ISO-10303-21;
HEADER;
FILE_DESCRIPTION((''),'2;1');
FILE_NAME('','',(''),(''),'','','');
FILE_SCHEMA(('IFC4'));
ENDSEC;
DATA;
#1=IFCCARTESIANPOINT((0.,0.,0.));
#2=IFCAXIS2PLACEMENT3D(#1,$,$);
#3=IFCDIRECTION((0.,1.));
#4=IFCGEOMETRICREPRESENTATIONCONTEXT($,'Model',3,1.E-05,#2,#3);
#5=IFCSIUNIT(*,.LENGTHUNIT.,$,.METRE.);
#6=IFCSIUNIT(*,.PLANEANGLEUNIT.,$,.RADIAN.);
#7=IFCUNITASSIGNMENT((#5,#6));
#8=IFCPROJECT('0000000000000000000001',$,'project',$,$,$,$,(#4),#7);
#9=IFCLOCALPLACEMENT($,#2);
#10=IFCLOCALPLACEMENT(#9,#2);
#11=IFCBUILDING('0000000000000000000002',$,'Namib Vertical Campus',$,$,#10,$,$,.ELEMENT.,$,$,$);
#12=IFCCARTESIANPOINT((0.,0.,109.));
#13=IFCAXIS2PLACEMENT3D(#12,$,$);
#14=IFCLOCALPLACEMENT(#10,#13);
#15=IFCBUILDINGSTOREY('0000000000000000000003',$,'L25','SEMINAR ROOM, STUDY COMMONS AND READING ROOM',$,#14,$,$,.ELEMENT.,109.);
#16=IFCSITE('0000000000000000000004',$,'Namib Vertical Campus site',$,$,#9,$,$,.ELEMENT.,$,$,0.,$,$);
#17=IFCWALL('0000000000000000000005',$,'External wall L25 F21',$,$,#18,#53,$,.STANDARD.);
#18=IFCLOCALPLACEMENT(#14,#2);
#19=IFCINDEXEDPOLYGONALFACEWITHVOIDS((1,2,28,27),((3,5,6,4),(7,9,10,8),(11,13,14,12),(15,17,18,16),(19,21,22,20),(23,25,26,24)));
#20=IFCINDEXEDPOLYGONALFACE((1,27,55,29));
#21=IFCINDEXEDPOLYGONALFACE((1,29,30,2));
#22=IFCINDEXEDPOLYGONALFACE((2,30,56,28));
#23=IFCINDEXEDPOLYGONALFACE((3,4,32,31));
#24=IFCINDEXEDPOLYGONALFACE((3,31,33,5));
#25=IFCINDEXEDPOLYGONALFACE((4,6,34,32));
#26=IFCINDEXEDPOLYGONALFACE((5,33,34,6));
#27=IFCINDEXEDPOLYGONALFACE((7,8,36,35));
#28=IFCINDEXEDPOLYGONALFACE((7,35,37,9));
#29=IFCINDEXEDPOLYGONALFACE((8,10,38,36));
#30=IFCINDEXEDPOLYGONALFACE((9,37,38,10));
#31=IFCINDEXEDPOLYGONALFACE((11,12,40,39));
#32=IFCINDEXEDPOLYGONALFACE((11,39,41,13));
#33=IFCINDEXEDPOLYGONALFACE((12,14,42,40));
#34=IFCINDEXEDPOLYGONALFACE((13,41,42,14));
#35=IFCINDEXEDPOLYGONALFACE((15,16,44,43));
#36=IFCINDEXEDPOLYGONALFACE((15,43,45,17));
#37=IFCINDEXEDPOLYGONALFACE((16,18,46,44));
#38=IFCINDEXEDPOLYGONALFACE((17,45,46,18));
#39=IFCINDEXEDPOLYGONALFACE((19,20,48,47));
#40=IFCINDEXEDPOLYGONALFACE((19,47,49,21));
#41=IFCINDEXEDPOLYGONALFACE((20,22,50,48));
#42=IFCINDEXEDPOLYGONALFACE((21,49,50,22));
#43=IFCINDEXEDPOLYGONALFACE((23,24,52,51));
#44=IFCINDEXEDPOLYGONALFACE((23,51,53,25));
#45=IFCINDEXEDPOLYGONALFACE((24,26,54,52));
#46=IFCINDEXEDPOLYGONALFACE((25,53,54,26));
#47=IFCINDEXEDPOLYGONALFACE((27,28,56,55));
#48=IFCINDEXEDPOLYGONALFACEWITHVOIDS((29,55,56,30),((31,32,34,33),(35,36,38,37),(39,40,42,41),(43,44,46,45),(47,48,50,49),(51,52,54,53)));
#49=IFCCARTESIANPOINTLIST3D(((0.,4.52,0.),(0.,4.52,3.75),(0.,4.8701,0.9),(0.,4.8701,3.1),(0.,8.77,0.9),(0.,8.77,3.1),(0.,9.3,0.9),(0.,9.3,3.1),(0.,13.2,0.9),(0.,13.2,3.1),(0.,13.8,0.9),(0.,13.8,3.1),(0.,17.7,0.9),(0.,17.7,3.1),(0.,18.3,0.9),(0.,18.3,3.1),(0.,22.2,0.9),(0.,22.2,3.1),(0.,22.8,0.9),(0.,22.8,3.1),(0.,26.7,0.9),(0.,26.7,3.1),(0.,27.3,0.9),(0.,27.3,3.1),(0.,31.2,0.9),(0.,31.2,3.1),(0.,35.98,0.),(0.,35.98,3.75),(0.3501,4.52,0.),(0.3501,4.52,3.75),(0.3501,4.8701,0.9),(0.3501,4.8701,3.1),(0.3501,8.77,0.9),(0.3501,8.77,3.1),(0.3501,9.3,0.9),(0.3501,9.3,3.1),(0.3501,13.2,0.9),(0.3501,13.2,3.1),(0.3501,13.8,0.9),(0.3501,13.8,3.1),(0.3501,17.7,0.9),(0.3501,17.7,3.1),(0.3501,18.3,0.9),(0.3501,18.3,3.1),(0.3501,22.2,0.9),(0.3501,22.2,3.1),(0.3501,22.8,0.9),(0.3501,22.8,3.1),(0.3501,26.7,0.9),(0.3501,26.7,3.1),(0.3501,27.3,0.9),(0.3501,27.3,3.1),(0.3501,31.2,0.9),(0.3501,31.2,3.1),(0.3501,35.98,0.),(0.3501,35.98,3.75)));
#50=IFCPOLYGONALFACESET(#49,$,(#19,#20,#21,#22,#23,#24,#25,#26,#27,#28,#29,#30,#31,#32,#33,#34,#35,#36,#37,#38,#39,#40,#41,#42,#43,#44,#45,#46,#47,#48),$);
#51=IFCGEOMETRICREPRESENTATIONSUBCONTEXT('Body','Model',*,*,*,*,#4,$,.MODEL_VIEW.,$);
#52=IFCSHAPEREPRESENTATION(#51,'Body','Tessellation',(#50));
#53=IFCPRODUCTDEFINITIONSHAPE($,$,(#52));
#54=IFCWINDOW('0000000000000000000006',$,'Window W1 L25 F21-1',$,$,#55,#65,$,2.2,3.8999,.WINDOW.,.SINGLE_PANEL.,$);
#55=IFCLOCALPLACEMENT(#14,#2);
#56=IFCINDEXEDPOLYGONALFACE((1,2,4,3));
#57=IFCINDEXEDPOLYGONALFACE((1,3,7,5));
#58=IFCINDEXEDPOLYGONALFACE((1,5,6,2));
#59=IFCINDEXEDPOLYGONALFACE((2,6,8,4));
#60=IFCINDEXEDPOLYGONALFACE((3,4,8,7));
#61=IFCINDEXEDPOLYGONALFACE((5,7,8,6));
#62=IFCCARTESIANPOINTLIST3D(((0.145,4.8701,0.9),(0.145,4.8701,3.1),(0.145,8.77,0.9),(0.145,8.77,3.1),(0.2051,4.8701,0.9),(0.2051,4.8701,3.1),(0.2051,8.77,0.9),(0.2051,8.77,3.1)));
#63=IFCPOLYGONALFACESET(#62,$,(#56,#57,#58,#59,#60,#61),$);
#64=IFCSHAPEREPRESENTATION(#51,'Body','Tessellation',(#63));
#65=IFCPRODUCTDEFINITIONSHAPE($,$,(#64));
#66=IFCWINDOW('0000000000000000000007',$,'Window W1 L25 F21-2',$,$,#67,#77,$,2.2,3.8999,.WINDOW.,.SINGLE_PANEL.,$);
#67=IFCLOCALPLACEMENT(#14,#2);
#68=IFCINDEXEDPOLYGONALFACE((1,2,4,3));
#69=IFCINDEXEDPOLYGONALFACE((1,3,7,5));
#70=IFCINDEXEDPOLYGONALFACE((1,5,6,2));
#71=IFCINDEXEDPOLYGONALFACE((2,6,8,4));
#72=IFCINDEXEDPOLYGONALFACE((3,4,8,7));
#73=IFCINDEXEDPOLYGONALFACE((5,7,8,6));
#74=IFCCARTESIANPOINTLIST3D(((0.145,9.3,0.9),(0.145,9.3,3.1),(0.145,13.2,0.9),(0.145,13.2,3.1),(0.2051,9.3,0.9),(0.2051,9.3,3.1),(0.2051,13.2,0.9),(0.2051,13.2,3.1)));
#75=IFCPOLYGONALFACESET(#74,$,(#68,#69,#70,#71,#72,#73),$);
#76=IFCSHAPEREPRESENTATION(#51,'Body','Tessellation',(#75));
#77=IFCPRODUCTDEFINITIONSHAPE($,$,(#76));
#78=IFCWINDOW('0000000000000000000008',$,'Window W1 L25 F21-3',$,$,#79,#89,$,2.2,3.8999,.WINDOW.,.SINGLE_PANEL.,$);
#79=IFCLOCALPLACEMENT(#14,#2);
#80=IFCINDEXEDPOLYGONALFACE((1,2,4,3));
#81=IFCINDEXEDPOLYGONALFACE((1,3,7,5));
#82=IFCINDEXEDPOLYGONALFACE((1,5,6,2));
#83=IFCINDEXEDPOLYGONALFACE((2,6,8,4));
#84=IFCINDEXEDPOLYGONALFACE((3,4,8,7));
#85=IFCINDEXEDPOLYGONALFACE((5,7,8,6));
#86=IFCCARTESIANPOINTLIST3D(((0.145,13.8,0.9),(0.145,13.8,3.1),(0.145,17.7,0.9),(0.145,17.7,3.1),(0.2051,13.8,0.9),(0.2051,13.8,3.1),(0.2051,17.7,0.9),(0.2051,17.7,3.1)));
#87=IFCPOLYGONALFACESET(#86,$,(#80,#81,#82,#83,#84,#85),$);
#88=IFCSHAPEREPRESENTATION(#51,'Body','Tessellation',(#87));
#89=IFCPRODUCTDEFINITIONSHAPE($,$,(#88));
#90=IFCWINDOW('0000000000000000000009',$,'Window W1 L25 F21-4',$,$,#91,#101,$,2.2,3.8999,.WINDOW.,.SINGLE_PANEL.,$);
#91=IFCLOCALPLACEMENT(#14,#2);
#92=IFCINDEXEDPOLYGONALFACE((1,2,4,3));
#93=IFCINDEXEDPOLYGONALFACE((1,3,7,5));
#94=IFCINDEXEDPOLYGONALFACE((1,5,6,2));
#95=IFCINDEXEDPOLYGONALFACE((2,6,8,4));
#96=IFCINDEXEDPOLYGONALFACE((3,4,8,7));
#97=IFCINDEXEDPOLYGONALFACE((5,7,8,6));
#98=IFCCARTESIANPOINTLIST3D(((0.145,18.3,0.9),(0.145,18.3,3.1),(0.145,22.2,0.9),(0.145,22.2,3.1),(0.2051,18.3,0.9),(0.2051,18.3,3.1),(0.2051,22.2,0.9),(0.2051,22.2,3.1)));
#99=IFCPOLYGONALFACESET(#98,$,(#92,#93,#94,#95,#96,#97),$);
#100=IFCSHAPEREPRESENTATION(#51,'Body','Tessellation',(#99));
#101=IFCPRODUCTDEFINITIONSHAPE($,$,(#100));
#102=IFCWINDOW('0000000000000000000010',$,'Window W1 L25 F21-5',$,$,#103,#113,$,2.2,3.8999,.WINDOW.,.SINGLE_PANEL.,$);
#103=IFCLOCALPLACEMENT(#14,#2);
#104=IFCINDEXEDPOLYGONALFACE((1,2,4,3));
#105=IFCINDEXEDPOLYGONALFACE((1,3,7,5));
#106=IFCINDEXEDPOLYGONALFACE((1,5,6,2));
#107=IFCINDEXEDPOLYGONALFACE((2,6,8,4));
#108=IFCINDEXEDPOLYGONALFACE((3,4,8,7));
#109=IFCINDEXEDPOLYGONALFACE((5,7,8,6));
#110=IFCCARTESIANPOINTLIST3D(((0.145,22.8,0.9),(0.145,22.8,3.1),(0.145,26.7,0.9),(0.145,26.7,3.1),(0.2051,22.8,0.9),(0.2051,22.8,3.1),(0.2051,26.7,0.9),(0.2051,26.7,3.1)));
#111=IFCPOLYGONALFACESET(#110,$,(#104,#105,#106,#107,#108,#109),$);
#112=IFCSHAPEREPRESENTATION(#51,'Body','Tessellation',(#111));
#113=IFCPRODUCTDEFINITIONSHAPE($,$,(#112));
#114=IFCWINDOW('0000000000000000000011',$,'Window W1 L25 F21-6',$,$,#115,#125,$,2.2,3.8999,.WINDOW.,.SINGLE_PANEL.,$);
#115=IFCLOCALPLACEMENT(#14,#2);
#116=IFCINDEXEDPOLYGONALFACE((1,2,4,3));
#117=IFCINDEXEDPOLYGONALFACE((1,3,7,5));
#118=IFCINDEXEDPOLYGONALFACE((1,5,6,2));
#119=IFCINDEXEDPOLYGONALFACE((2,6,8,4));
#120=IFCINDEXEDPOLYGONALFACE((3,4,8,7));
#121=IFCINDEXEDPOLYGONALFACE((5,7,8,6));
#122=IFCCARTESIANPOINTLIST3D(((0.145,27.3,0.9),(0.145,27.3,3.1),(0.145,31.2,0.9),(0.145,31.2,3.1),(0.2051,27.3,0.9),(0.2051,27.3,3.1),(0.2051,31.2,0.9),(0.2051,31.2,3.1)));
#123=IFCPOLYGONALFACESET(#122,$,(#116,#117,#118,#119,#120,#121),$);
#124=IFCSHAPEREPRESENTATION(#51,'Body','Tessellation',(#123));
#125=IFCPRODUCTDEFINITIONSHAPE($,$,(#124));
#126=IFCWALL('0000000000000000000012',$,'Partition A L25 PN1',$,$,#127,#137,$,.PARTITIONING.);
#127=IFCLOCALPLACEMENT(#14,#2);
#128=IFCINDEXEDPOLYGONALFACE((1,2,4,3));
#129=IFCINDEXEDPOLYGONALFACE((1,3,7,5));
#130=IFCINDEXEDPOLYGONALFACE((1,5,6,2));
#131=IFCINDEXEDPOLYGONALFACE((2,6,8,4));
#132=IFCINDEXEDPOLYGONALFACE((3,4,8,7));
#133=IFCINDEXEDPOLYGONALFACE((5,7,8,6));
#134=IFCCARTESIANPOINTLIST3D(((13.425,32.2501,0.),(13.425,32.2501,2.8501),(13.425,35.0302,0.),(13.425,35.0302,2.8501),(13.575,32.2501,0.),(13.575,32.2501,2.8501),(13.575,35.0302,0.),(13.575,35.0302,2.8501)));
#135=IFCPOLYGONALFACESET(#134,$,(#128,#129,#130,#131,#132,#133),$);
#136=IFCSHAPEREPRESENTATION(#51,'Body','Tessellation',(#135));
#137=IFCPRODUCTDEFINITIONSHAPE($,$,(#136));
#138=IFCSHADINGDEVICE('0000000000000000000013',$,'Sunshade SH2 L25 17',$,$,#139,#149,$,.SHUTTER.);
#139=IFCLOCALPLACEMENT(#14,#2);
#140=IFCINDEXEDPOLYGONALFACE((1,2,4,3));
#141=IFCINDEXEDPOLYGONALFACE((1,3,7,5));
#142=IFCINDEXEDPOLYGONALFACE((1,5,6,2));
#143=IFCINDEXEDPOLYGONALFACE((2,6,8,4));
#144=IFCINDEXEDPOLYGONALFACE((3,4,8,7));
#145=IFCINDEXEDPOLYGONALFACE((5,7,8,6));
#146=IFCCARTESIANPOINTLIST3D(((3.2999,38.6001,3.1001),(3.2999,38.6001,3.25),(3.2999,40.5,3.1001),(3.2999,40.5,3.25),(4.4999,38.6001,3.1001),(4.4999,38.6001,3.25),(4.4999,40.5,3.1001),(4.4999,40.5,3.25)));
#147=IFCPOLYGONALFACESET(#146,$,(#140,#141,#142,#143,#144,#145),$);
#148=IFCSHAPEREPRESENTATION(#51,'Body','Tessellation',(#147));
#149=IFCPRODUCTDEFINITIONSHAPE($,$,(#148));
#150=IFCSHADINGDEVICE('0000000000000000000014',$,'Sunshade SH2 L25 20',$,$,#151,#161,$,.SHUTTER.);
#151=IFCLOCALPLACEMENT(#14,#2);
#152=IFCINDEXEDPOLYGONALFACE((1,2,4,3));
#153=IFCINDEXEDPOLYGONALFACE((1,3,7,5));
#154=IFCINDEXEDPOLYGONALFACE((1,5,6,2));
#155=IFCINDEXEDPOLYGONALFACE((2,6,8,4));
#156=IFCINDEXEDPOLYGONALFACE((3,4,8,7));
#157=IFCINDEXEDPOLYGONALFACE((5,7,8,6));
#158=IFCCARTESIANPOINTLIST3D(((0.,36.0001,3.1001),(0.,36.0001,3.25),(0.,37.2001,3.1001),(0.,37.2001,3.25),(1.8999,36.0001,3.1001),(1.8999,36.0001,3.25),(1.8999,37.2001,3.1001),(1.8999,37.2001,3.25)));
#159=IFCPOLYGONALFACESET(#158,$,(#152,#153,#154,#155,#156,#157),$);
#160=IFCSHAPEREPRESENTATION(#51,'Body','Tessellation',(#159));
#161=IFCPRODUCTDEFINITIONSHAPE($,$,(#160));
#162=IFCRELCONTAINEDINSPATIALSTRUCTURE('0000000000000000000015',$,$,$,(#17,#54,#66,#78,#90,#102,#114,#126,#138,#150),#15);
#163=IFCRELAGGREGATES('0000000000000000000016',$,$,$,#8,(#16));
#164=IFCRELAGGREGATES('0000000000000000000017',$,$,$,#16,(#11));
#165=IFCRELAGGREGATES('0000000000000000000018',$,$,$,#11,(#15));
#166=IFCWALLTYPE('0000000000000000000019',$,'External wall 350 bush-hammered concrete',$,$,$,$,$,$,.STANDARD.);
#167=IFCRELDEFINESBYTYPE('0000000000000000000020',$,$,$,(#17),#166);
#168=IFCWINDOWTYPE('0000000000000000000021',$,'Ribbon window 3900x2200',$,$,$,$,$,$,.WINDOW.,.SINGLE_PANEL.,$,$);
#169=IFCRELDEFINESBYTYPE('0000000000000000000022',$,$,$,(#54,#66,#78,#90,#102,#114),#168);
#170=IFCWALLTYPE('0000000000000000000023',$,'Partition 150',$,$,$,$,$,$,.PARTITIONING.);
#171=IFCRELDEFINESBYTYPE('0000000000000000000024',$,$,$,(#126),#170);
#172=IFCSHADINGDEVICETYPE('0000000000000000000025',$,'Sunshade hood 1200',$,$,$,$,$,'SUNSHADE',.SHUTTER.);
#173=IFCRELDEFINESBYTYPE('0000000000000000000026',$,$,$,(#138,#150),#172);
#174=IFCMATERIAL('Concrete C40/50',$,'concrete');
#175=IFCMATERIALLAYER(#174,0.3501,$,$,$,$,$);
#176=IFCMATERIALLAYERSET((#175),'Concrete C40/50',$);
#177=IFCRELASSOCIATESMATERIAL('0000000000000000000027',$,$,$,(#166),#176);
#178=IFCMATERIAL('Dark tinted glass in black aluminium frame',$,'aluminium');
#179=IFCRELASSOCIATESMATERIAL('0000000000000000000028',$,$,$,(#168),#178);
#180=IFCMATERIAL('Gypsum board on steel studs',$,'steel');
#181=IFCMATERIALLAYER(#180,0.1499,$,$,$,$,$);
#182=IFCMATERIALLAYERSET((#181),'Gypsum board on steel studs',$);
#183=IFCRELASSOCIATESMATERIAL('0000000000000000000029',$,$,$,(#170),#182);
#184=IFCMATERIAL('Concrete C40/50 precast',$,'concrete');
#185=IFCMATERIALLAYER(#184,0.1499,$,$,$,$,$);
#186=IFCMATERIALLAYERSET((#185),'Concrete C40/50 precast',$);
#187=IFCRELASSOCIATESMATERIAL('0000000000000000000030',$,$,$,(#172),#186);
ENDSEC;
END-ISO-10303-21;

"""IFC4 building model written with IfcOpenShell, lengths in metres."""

from ifc_helpers import new_model, si_unit, direction, frame, frame_2d, origin, origin_2d, place, context, subcontext, project, spatial, rectangle, extrude, material, layer, layer_set, type_object, element, fill, save


model = new_model("IFC4")

# Units and contexts
model_context = context("Model", 3, precision=1e-05, world=origin(), true_north=direction((0.0, 1.0)))
body_context = subcontext(model_context, "Body", "Model", "MODEL_VIEW")
ifc_project = project(units=[si_unit("LENGTHUNIT", "METRE"), si_unit("PLANEANGLEUNIT", "RADIAN")], contexts=[model_context])

# Site, building, storey
site_placement = place(None, origin())
site = spatial("IfcSite", under=ifc_project, at=site_placement, Name="Namib Vertical Campus site", CompositionType="ELEMENT", RefElevation=0.0)
building_placement = place(site_placement, origin())
building = spatial("IfcBuilding", under=site, at=building_placement, Name="Namib Vertical Campus", CompositionType="ELEMENT")
storey_placement = place(building_placement, frame((0.0, 0.0, 109.0)))
storey = spatial("IfcBuildingStorey", under=building, at=storey_placement, Name="L25", Description="SEMINAR ROOM, STUDY COMMONS AND READING ROOM", CompositionType="ELEMENT", Elevation=109.0)

# Shared definitions
ifc_material_1 = material(Name="Concrete C40/50", Category="concrete")
ifc_layer_1 = layer(ifc_material_1, 0.3501)
ifc_layer_set_1 = layer_set([ifc_layer_1], Name="Concrete C40/50")
wall_type_1 = type_object("IfcWallType", Name="External wall 350 bush-hammered concrete", PredefinedType="STANDARD", material=ifc_layer_set_1)

# Wall, openings, windows
wall_1_placement = place(storey_placement, frame((0.175, 35.98, 0.0), z_axis=(0.0, 0.0, 1.0), x_axis=(0.0, -1.0, 0.0)))
wall_1 = element("IfcWall", 1, at=wall_1_placement, inside=storey, type_object=wall_type_1, Name="External wall L25 F21", PredefinedType="STANDARD", context=body_context, shape_type="SweptSolid", body=[
    extrude(rectangle(XDim=31.46, YDim=0.3501, at=frame_2d((15.73, 0.0))), origin(), (0.0, 0.0, 1.0), 3.75),
])
opening_1_placement = place(wall_1_placement, frame((27.21, 0.0, 0.8999)))
opening_1 = element("IfcOpeningElement", 2, at=opening_1_placement, cuts=wall_1, PredefinedType="OPENING", context=body_context, shape_type="SweptSolid", body=[
    extrude(rectangle(XDim=3.8999, YDim=2.2, at=frame_2d((1.95, 1.1001))), frame((0.0, 0.1851, 0.0), z_axis=(0.0, -1.0, 0.0), x_axis=(1.0, 0.0, 0.0)), (0.0, 0.0, 1.0), 0.3701),
])
opening_2_placement = place(wall_1_placement, frame((22.78, 0.0, 0.8999)))
opening_2 = element("IfcOpeningElement", 3, at=opening_2_placement, cuts=wall_1, PredefinedType="OPENING", context=body_context, shape_type="SweptSolid", body=[
    extrude(rectangle(XDim=3.8999, YDim=2.2, at=frame_2d((1.95, 1.1001))), frame((0.0, 0.1851, 0.0), z_axis=(0.0, -1.0, 0.0), x_axis=(1.0, 0.0, 0.0)), (0.0, 0.0, 1.0), 0.3701),
])
opening_3_placement = place(wall_1_placement, frame((18.28, 0.0, 0.8999)))
opening_3 = element("IfcOpeningElement", 4, at=opening_3_placement, cuts=wall_1, PredefinedType="OPENING", context=body_context, shape_type="SweptSolid", body=[
    extrude(rectangle(XDim=3.8999, YDim=2.2, at=frame_2d((1.95, 1.1001))), frame((0.0, 0.1851, 0.0), z_axis=(0.0, -1.0, 0.0), x_axis=(1.0, 0.0, 0.0)), (0.0, 0.0, 1.0), 0.3701),
])
opening_4_placement = place(wall_1_placement, frame((13.78, 0.0, 0.8999)))
opening_4 = element("IfcOpeningElement", 5, at=opening_4_placement, cuts=wall_1, PredefinedType="OPENING", context=body_context, shape_type="SweptSolid", body=[
    extrude(rectangle(XDim=3.8999, YDim=2.2, at=frame_2d((1.95, 1.1001))), frame((0.0, 0.1851, 0.0), z_axis=(0.0, -1.0, 0.0), x_axis=(1.0, 0.0, 0.0)), (0.0, 0.0, 1.0), 0.3701),
])
opening_5_placement = place(wall_1_placement, frame((9.28, 0.0, 0.8999)))
opening_5 = element("IfcOpeningElement", 6, at=opening_5_placement, cuts=wall_1, PredefinedType="OPENING", context=body_context, shape_type="SweptSolid", body=[
    extrude(rectangle(XDim=3.8999, YDim=2.2, at=frame_2d((1.95, 1.1001))), frame((0.0, 0.1851, 0.0), z_axis=(0.0, -1.0, 0.0), x_axis=(1.0, 0.0, 0.0)), (0.0, 0.0, 1.0), 0.3701),
])
opening_6_placement = place(wall_1_placement, frame((4.78, 0.0, 0.8999)))
opening_6 = element("IfcOpeningElement", 7, at=opening_6_placement, cuts=wall_1, PredefinedType="OPENING", context=body_context, shape_type="SweptSolid", body=[
    extrude(rectangle(XDim=3.8999, YDim=2.2, at=frame_2d((1.95, 1.1001))), frame((0.0, 0.1851, 0.0), z_axis=(0.0, -1.0, 0.0), x_axis=(1.0, 0.0, 0.0)), (0.0, 0.0, 1.0), 0.3701),
])
ifc_material_2 = material(Name="Dark tinted glass in black aluminium frame", Category="aluminium")
window_type = type_object("IfcWindowType", Name="Ribbon window 3900x2200", PartitioningType="SINGLE_PANEL", PredefinedType="WINDOW", material=ifc_material_2)
window_1_placement = place(opening_1_placement, origin())
window_1 = element("IfcWindow", 8, at=window_1_placement, inside=storey, type_object=window_type, Name="Window W1 L25 F21-1", OverallHeight=2.2, OverallWidth=3.8999, PartitioningType="SINGLE_PANEL", PredefinedType="WINDOW", context=body_context, shape_type="SweptSolid", body=[
    extrude(rectangle(XDim=3.8999, YDim=2.2, at=frame_2d((1.95, 1.1001))), frame((0.0, 0.03, 0.0), z_axis=(0.0, -1.0, 0.0), x_axis=(1.0, 0.0, 0.0)), (0.0, 0.0, 1.0), 0.0601),
])
fill(opening_1, window_1)
window_2_placement = place(opening_2_placement, origin())
window_2 = element("IfcWindow", 9, at=window_2_placement, inside=storey, type_object=window_type, Name="Window W1 L25 F21-2", OverallHeight=2.2, OverallWidth=3.8999, PartitioningType="SINGLE_PANEL", PredefinedType="WINDOW", context=body_context, shape_type="SweptSolid", body=[
    extrude(rectangle(XDim=3.8999, YDim=2.2, at=frame_2d((1.95, 1.1001))), frame((0.0, 0.03, 0.0), z_axis=(0.0, -1.0, 0.0), x_axis=(1.0, 0.0, 0.0)), (0.0, 0.0, 1.0), 0.0601),
])
fill(opening_2, window_2)
window_3_placement = place(opening_3_placement, origin())
window_3 = element("IfcWindow", 10, at=window_3_placement, inside=storey, type_object=window_type, Name="Window W1 L25 F21-3", OverallHeight=2.2, OverallWidth=3.8999, PartitioningType="SINGLE_PANEL", PredefinedType="WINDOW", context=body_context, shape_type="SweptSolid", body=[
    extrude(rectangle(XDim=3.8999, YDim=2.2, at=frame_2d((1.95, 1.1001))), frame((0.0, 0.03, 0.0), z_axis=(0.0, -1.0, 0.0), x_axis=(1.0, 0.0, 0.0)), (0.0, 0.0, 1.0), 0.0601),
])
fill(opening_3, window_3)
window_4_placement = place(opening_4_placement, origin())
window_4 = element("IfcWindow", 11, at=window_4_placement, inside=storey, type_object=window_type, Name="Window W1 L25 F21-4", OverallHeight=2.2, OverallWidth=3.8999, PartitioningType="SINGLE_PANEL", PredefinedType="WINDOW", context=body_context, shape_type="SweptSolid", body=[
    extrude(rectangle(XDim=3.8999, YDim=2.2, at=frame_2d((1.95, 1.1001))), frame((0.0, 0.03, 0.0), z_axis=(0.0, -1.0, 0.0), x_axis=(1.0, 0.0, 0.0)), (0.0, 0.0, 1.0), 0.0601),
])
fill(opening_4, window_4)
window_5_placement = place(opening_5_placement, origin())
window_5 = element("IfcWindow", 12, at=window_5_placement, inside=storey, type_object=window_type, Name="Window W1 L25 F21-5", OverallHeight=2.2, OverallWidth=3.8999, PartitioningType="SINGLE_PANEL", PredefinedType="WINDOW", context=body_context, shape_type="SweptSolid", body=[
    extrude(rectangle(XDim=3.8999, YDim=2.2, at=frame_2d((1.95, 1.1001))), frame((0.0, 0.03, 0.0), z_axis=(0.0, -1.0, 0.0), x_axis=(1.0, 0.0, 0.0)), (0.0, 0.0, 1.0), 0.0601),
])
fill(opening_5, window_5)
window_6_placement = place(opening_6_placement, origin())
window_6 = element("IfcWindow", 13, at=window_6_placement, inside=storey, type_object=window_type, Name="Window W1 L25 F21-6", OverallHeight=2.2, OverallWidth=3.8999, PartitioningType="SINGLE_PANEL", PredefinedType="WINDOW", context=body_context, shape_type="SweptSolid", body=[
    extrude(rectangle(XDim=3.8999, YDim=2.2, at=frame_2d((1.95, 1.1001))), frame((0.0, 0.03, 0.0), z_axis=(0.0, -1.0, 0.0), x_axis=(1.0, 0.0, 0.0)), (0.0, 0.0, 1.0), 0.0601),
])
fill(opening_6, window_6)

# Wall
ifc_material_3 = material(Name="Gypsum board on steel studs", Category="steel")
ifc_layer_2 = layer(ifc_material_3, 0.1499)
ifc_layer_set_2 = layer_set([ifc_layer_2], Name="Gypsum board on steel studs")
wall_type_2 = type_object("IfcWallType", Name="Partition 150", PredefinedType="PARTITIONING", material=ifc_layer_set_2)
wall_2_placement = place(storey_placement, frame((13.5, 32.25, 0.0), z_axis=(0.0, 0.0, 1.0), x_axis=(0.0, 1.0, 0.0)))
element("IfcWall", 14, at=wall_2_placement, inside=storey, type_object=wall_type_2, Name="Partition A L25 PN1", PredefinedType="PARTITIONING", context=body_context, shape_type="SweptSolid", body=[
    extrude(rectangle(XDim=2.78, YDim=0.1499, at=frame_2d((1.3901, 0.0))), origin(), (0.0, 0.0, 1.0), 2.8501),
])

# Shading devices
ifc_material_4 = material(Name="Concrete C40/50 precast", Category="concrete")
ifc_layer_3 = layer(ifc_material_4, 0.1499)
ifc_layer_set_3 = layer_set([ifc_layer_3], Name="Concrete C40/50 precast")
shading_device_type = type_object("IfcShadingDeviceType", Name="Sunshade hood 1200", ElementType="SUNSHADE", PredefinedType="SHUTTER", material=ifc_layer_set_3)
for number, where, z_axis, x_axis, name in (
    (15, (3.8999, 39.55, 3.1001), (0.0, 0.0, 1.0), (0.0, -1.0, 0.0), "Sunshade SH2 L25 17"),
    (16, (0.95, 36.6001, 3.1001), (0.0, 0.0, 1.0), (-1.0, 0.0, 0.0), "Sunshade SH2 L25 20"),
):
    element("IfcShadingDevice", number, at=place(storey_placement, frame(where, z_axis=z_axis, x_axis=x_axis)), inside=storey, type_object=shading_device_type, Name=name, PredefinedType="SHUTTER", context=body_context, shape_type="SweptSolid", body=[
        extrude(rectangle(XDim=1.8999, YDim=1.2, at=origin_2d()), origin(), (0.0, 0.0, 1.0), 0.1499),
    ])

save(model, "model.ifc")
